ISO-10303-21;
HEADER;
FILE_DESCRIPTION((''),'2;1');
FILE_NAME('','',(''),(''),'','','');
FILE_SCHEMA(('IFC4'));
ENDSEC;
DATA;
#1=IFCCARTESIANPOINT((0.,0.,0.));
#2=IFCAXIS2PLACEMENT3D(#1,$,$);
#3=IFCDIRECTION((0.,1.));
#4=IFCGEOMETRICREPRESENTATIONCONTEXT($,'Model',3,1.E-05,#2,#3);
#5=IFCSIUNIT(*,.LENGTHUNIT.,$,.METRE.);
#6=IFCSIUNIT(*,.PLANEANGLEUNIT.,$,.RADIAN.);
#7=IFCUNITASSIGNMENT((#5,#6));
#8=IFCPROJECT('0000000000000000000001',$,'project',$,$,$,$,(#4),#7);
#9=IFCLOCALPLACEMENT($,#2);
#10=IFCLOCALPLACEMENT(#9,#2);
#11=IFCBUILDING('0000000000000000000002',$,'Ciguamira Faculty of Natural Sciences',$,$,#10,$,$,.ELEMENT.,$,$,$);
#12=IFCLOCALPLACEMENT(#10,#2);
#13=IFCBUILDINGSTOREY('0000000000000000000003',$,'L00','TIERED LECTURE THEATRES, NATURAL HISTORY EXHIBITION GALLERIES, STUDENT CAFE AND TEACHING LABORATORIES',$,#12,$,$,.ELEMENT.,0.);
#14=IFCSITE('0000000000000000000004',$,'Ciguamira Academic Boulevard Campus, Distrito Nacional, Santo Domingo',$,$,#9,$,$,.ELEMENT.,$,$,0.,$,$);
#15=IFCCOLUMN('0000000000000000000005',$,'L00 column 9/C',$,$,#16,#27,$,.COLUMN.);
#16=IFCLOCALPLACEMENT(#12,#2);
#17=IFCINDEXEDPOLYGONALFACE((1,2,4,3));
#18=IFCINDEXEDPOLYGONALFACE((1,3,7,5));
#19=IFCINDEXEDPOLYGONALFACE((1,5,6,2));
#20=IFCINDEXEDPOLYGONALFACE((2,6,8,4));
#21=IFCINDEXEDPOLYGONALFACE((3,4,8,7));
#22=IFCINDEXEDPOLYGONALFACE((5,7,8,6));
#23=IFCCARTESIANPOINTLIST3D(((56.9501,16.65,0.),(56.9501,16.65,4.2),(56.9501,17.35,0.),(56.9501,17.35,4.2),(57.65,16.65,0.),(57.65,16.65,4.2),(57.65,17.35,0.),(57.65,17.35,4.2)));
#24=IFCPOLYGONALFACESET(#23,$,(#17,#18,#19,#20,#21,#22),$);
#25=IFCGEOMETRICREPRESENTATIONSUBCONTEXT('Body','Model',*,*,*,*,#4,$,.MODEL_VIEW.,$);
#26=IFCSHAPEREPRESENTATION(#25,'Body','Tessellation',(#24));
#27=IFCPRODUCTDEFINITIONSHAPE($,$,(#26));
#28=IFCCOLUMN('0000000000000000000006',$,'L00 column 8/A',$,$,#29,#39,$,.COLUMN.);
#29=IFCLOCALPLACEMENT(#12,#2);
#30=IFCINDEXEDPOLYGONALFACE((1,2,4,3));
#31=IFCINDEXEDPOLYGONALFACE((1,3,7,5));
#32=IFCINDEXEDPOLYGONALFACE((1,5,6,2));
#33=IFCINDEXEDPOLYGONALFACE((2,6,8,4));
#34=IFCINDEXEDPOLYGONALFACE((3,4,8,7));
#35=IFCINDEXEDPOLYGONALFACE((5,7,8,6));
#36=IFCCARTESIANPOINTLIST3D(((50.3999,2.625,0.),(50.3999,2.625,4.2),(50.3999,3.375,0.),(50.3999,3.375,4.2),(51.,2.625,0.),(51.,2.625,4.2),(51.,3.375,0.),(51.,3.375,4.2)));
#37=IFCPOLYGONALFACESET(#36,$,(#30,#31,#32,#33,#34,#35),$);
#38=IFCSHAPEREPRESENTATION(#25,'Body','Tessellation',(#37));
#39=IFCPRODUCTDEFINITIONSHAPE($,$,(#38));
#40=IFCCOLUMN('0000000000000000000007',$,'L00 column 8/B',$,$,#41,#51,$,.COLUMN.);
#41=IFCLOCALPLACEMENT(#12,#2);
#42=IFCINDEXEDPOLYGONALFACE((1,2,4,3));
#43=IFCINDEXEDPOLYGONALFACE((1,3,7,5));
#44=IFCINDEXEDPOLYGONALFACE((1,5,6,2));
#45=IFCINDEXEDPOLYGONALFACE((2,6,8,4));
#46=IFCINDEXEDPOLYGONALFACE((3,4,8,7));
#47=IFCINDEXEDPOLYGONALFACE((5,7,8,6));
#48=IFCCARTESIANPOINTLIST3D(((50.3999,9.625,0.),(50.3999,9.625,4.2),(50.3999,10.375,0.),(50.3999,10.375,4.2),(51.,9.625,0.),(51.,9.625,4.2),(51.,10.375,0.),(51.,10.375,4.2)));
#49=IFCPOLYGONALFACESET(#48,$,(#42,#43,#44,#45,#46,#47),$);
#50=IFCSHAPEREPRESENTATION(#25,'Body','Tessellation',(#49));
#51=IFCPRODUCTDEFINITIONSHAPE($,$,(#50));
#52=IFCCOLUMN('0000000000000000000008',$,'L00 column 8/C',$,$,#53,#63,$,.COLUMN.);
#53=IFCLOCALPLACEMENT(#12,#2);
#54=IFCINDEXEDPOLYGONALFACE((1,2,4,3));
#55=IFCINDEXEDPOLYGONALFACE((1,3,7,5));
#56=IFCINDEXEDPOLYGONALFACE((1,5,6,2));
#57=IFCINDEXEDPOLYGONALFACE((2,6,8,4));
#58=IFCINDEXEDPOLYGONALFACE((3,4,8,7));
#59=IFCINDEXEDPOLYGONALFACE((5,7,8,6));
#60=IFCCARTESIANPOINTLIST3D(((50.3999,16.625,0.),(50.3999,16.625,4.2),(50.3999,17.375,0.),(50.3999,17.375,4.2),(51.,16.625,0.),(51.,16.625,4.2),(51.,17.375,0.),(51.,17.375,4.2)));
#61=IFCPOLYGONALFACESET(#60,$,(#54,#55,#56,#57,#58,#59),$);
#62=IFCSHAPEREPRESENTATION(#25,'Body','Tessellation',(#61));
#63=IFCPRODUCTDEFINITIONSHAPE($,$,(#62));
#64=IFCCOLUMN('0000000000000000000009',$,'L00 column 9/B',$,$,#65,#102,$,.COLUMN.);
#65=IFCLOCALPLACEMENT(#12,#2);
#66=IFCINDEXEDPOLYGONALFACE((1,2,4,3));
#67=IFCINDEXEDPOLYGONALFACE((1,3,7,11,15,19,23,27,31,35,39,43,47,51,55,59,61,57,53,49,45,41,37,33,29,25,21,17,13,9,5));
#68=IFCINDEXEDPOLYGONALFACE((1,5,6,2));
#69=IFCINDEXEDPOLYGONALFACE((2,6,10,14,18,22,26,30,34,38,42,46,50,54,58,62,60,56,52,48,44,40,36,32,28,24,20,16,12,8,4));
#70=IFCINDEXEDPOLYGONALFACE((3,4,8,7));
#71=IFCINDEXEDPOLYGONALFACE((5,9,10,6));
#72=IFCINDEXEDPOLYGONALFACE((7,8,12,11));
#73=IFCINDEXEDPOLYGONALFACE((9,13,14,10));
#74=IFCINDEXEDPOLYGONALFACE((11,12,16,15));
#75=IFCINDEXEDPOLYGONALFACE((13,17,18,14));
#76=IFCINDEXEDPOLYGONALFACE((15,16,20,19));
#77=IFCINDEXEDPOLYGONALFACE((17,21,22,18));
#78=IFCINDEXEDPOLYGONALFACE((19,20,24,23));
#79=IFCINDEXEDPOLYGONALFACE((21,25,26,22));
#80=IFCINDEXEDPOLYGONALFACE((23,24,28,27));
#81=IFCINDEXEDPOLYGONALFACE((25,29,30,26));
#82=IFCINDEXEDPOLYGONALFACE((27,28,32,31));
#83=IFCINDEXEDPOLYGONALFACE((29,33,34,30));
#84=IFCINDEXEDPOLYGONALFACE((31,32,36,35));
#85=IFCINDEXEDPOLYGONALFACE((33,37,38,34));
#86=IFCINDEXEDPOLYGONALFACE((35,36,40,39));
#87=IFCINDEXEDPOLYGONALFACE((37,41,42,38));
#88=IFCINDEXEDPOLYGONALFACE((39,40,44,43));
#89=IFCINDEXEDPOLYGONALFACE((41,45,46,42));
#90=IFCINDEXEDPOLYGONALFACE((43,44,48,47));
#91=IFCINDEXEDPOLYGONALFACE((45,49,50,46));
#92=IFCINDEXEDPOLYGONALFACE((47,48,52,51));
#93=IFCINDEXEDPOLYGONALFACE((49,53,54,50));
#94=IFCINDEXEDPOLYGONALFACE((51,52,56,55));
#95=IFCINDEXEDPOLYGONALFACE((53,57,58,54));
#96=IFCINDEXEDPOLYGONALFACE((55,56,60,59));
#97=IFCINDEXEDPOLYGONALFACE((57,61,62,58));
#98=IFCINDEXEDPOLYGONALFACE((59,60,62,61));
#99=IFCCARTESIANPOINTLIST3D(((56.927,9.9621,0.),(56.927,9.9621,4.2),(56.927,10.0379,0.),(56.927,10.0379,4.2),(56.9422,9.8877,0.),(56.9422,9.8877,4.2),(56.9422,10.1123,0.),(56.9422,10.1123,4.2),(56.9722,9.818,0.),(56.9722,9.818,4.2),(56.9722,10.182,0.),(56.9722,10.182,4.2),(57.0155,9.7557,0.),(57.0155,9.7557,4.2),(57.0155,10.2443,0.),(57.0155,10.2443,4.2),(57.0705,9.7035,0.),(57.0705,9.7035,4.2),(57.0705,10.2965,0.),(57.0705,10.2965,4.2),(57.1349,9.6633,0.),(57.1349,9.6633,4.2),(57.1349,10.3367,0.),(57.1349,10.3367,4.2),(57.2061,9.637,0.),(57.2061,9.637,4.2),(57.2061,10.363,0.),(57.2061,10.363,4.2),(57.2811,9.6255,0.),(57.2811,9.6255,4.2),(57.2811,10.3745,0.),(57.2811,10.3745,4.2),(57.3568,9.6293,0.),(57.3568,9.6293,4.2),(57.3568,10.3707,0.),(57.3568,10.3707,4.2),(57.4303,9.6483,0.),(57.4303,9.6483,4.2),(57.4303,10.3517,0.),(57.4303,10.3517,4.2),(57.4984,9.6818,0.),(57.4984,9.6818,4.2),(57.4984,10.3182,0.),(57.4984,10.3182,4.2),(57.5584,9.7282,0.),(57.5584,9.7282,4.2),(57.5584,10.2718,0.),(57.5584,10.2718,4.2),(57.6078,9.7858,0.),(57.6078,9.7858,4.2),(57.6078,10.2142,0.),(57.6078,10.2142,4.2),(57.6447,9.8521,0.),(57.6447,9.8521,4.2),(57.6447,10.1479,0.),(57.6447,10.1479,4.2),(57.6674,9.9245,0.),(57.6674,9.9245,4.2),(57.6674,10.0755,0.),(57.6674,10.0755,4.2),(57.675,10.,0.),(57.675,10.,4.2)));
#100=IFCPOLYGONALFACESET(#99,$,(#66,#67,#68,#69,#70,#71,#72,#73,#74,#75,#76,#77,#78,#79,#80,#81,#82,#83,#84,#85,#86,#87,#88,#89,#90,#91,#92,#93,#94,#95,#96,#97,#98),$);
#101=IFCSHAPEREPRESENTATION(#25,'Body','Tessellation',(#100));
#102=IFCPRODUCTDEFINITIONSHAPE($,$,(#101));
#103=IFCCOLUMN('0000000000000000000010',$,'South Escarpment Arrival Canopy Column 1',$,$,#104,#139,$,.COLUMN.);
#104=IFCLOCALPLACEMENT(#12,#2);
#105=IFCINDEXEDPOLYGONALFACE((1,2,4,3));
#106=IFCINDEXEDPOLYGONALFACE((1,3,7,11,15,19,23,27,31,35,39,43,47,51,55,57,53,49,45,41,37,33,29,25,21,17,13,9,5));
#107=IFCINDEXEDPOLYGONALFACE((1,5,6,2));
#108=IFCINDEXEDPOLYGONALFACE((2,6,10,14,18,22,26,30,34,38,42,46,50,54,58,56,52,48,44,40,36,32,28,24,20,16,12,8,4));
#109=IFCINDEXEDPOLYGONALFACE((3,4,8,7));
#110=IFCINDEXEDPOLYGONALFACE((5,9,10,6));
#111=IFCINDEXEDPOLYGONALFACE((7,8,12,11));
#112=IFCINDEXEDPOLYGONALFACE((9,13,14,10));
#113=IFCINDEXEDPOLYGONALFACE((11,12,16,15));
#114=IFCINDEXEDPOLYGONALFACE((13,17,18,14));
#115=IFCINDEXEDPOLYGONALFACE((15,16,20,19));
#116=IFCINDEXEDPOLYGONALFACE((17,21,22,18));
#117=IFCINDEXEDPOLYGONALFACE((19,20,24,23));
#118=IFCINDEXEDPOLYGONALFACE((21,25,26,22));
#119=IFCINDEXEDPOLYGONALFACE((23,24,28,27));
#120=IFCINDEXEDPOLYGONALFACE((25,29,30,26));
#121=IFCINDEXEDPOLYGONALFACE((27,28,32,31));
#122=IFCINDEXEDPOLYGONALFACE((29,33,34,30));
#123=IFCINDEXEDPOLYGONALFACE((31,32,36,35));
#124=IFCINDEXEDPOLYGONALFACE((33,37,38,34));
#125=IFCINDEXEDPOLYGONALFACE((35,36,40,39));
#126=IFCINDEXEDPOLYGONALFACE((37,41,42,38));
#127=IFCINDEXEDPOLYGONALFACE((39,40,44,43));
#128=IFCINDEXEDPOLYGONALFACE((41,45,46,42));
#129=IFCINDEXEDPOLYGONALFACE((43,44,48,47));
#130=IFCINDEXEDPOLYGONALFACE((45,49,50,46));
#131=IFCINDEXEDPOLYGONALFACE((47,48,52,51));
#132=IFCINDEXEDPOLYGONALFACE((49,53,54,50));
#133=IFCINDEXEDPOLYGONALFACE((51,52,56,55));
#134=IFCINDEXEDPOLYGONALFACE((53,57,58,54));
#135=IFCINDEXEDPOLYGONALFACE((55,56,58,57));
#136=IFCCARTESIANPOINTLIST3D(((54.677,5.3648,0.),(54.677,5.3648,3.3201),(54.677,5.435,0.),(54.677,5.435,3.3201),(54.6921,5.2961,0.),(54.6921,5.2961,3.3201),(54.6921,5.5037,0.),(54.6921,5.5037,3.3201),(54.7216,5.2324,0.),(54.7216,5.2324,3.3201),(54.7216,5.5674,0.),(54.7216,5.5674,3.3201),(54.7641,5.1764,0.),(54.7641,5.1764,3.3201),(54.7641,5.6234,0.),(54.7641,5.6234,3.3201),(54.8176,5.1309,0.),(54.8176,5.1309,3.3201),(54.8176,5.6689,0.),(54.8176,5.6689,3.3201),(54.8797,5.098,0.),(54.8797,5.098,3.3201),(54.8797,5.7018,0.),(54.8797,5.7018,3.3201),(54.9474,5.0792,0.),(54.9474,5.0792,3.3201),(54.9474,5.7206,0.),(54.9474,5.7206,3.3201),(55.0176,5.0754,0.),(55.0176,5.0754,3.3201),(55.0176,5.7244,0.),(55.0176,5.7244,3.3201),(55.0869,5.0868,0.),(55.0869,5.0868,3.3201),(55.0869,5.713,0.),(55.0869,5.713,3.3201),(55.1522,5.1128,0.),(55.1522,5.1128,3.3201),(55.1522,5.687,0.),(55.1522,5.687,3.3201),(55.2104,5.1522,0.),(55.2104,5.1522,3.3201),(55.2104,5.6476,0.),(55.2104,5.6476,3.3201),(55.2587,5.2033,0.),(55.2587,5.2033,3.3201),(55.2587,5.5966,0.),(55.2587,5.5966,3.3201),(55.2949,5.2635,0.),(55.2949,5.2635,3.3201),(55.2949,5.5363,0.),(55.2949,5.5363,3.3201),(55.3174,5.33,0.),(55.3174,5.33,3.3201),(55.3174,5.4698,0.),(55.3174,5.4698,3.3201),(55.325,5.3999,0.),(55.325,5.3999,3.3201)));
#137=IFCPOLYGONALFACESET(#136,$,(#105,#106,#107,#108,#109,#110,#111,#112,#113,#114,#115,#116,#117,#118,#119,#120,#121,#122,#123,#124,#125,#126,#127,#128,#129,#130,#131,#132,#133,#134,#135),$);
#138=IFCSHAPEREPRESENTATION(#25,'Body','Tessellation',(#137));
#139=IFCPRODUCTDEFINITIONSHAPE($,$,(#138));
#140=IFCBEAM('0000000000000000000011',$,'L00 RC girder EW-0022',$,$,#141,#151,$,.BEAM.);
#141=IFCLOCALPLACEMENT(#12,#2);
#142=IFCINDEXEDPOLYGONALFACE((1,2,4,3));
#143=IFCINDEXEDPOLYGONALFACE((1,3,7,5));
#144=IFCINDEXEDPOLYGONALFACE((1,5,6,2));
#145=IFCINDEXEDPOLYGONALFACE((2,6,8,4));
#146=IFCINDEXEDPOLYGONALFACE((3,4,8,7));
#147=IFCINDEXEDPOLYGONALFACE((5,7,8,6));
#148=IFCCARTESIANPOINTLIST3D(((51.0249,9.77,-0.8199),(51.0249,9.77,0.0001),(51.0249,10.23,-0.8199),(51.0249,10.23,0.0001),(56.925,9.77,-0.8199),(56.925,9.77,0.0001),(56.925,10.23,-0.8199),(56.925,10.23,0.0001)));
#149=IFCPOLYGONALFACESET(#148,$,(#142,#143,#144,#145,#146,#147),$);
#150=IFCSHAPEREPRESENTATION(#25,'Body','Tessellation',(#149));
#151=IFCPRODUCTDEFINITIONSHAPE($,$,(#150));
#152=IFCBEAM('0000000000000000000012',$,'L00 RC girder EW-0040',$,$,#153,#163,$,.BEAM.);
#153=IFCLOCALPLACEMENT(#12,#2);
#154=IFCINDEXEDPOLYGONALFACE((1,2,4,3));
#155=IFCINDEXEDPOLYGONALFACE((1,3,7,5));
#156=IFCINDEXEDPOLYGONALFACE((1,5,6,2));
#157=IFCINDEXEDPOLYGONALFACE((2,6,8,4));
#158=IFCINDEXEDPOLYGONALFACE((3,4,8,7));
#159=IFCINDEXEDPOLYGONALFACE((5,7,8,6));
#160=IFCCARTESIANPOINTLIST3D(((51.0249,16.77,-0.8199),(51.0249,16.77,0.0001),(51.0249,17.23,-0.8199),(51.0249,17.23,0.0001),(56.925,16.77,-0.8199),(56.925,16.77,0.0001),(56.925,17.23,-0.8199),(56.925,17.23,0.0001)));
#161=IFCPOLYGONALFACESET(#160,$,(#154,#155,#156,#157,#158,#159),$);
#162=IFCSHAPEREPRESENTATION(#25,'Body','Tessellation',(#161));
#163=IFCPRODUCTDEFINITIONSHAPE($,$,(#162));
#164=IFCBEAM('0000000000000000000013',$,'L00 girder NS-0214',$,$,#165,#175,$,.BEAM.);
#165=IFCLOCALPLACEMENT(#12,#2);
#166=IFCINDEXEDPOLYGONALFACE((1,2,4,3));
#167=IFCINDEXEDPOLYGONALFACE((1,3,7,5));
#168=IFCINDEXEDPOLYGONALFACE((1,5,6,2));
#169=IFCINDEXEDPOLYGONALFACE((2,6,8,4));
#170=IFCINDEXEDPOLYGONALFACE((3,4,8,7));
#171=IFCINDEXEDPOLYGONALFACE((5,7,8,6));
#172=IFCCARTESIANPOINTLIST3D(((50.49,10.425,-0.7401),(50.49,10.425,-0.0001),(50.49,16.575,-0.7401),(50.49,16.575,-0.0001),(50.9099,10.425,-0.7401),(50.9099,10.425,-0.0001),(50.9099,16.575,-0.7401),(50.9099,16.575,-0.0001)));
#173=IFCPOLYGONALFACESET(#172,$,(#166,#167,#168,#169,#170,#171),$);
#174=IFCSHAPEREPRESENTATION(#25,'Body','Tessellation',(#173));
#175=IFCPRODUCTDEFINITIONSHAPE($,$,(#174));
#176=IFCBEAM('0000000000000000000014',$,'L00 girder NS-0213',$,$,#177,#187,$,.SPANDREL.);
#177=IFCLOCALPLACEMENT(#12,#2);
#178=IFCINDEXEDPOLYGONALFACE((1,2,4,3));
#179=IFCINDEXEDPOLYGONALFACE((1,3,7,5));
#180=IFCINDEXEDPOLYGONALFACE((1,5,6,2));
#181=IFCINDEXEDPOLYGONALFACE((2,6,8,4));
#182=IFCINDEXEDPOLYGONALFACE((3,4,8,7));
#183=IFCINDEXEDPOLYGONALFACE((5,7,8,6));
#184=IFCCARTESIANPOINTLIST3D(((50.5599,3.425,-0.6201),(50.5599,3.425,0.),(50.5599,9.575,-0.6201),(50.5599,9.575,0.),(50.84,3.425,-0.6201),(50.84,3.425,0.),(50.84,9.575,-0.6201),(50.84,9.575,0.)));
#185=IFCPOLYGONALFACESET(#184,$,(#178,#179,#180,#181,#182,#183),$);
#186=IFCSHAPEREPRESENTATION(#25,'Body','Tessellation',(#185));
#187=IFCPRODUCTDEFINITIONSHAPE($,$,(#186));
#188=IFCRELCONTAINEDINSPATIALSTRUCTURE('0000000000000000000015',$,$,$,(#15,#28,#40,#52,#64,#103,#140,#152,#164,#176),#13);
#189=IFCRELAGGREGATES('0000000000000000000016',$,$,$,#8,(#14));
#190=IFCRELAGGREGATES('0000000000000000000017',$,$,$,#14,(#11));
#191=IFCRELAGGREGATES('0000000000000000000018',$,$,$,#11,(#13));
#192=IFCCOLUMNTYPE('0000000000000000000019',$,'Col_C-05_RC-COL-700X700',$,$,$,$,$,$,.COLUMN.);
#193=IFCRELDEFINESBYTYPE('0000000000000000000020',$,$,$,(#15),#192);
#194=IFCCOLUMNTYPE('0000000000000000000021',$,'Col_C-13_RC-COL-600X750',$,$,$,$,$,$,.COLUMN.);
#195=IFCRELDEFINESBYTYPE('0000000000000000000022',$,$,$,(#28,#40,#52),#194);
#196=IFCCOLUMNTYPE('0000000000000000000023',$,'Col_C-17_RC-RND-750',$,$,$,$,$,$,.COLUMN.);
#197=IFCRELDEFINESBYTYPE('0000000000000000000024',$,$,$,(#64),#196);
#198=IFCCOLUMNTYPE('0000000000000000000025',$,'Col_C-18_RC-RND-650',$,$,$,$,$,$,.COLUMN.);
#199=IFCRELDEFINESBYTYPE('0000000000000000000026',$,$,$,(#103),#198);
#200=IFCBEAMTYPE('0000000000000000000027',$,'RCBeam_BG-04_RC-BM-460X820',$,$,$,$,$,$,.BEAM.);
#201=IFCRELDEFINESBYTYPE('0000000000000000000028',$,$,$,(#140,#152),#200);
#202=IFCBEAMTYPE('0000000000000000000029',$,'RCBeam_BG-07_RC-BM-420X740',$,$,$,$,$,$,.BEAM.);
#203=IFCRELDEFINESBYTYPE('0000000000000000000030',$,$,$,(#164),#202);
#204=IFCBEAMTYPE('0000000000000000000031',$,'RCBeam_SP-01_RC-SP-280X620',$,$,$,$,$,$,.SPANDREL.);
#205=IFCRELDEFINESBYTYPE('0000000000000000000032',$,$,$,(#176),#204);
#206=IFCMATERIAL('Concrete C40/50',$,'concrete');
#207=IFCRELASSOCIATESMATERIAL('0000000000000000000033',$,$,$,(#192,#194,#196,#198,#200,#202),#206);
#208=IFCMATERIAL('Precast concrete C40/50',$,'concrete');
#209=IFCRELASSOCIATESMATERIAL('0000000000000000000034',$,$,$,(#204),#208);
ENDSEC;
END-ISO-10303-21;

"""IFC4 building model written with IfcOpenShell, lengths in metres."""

from ifc_helpers import new_model, si_unit, direction, frame, origin, origin_2d, place, context, subcontext, project, spatial, rectangle, circle, extrude, material, material_profile, profile_set, type_object, element, save


model = new_model("IFC4")

# Units and contexts
model_context = context("Model", 3, precision=1e-05, world=origin(), true_north=direction((0.0, 1.0)))
body_context = subcontext(model_context, "Body", "Model", "MODEL_VIEW")
ifc_project = project(units=[si_unit("LENGTHUNIT", "METRE"), si_unit("PLANEANGLEUNIT", "RADIAN")], contexts=[model_context])

# Site, building, storey
site_placement = place(None, origin())
site = spatial("IfcSite", under=ifc_project, at=site_placement, Name="Ciguamira Academic Boulevard Campus, Distrito Nacional, Santo Domingo", CompositionType="ELEMENT", RefElevation=0.0)
building_placement = place(site_placement, origin())
building = spatial("IfcBuilding", under=site, at=building_placement, Name="Ciguamira Faculty of Natural Sciences", CompositionType="ELEMENT")
storey_placement = place(building_placement, origin())
storey = spatial("IfcBuildingStorey", under=building, at=storey_placement, Name="L00", Description="TIERED LECTURE THEATRES, NATURAL HISTORY EXHIBITION GALLERIES, STUDENT CAFE AND TEACHING LABORATORIES", CompositionType="ELEMENT", Elevation=0.0)

# Columns
ifc_material_1 = material(Name="Concrete C40/50", Category="concrete")
ifc_material_profile_1 = material_profile(ifc_material_1, rectangle(XDim=0.7, YDim=0.7, at=origin_2d()), Name="RC-COL-700X700")
ifc_profile_set_1 = profile_set([ifc_material_profile_1], Name="Concrete C40/50")
column_type_1 = type_object("IfcColumnType", Name="Col_C-05_RC-COL-700X700", PredefinedType="COLUMN", material=ifc_profile_set_1)
column_1_placement = place(storey_placement, frame((57.3, 17.0, 0.0), z_axis=(0.0, 0.0, 1.0), x_axis=(1.0, 0.0, 0.0)))
element("IfcColumn", 1, at=column_1_placement, inside=storey, type_object=column_type_1, Name="L00 column 9/C", PredefinedType="COLUMN", context=body_context, shape_type="SweptSolid", body=[
    extrude(rectangle(XDim=0.7, YDim=0.7, at=origin_2d()), origin(), (0.0, 0.0, 1.0), 4.2),
])
ifc_material_profile_2 = material_profile(ifc_material_1, rectangle(XDim=0.6001, YDim=0.75, at=origin_2d()), Name="RC-COL-600X750")
ifc_profile_set_2 = profile_set([ifc_material_profile_2], Name="Concrete C40/50")
column_type_2 = type_object("IfcColumnType", Name="Col_C-13_RC-COL-600X750", PredefinedType="COLUMN", material=ifc_profile_set_2)
for number, where, z_axis, x_axis, name in (
    (2, (50.7, 3.0, 0.0), (0.0, 0.0, 1.0), (1.0, 0.0, 0.0), "L00 column 8/A"),
    (3, (50.7, 10.0, 0.0), (0.0, 0.0, 1.0), (1.0, 0.0, 0.0), "L00 column 8/B"),
    (4, (50.7, 17.0, 0.0), (0.0, 0.0, 1.0), (1.0, 0.0, 0.0), "L00 column 8/C"),
):
    element("IfcColumn", number, at=place(storey_placement, frame(where, z_axis=z_axis, x_axis=x_axis)), inside=storey, type_object=column_type_2, Name=name, PredefinedType="COLUMN", context=body_context, shape_type="SweptSolid", body=[
        extrude(rectangle(XDim=0.6001, YDim=0.75, at=origin_2d()), origin(), (0.0, 0.0, 1.0), 4.2),
    ])
ifc_material_profile_3 = material_profile(ifc_material_1, circle(Radius=0.375, at=origin_2d()), Name="RC-RND-750")
ifc_profile_set_3 = profile_set([ifc_material_profile_3], Name="Concrete C40/50")
column_type_3 = type_object("IfcColumnType", Name="Col_C-17_RC-RND-750", PredefinedType="COLUMN", material=ifc_profile_set_3)
column_2_placement = place(storey_placement, frame((57.3, 10.0, 0.0), z_axis=(0.0, 0.0, 1.0), x_axis=(1.0, 0.0, 0.0)))
element("IfcColumn", 5, at=column_2_placement, inside=storey, type_object=column_type_3, Name="L00 column 9/B", PredefinedType="COLUMN", context=body_context, shape_type="SweptSolid", body=[
    extrude(circle(Radius=0.375, at=origin_2d()), origin(), (0.0, 0.0, 1.0), 4.2),
])
ifc_material_profile_4 = material_profile(ifc_material_1, circle(Radius=0.325, at=origin_2d()), Name="RC-RND-650")
ifc_profile_set_4 = profile_set([ifc_material_profile_4], Name="Concrete C40/50")
column_type_4 = type_object("IfcColumnType", Name="Col_C-18_RC-RND-650", PredefinedType="COLUMN", material=ifc_profile_set_4)
column_3_placement = place(storey_placement, frame((55.0, 5.3999, 0.0), z_axis=(0.0, 0.0, 1.0), x_axis=(1.0, 0.0, 0.0)))
element("IfcColumn", 6, at=column_3_placement, inside=storey, type_object=column_type_4, Name="South Escarpment Arrival Canopy Column 1", PredefinedType="COLUMN", context=body_context, shape_type="SweptSolid", body=[
    extrude(circle(Radius=0.325, at=origin_2d()), origin(), (0.0, 0.0, 1.0), 3.3201),
])

# Beams
ifc_material_profile_5 = material_profile(ifc_material_1, rectangle(XDim=0.46, YDim=0.8201, at=origin_2d()), Name="RC-BM-460X820")
ifc_profile_set_5 = profile_set([ifc_material_profile_5], Name="Concrete C40/50")
beam_type_1 = type_object("IfcBeamType", Name="RCBeam_BG-04_RC-BM-460X820", PredefinedType="BEAM", material=ifc_profile_set_5)
for number, where, z_axis, x_axis, name in (
    (7, (51.0249, 10.0, -0.4099), (1.0, 0.0, 0.0), (0.0, 1.0, 0.0), "L00 RC girder EW-0022"),
    (8, (51.0249, 17.0, -0.4099), (1.0, 0.0, 0.0), (0.0, 1.0, 0.0), "L00 RC girder EW-0040"),
):
    element("IfcBeam", number, at=place(storey_placement, frame(where, z_axis=z_axis, x_axis=x_axis)), inside=storey, type_object=beam_type_1, Name=name, PredefinedType="BEAM", context=body_context, shape_type="SweptSolid", body=[
        extrude(rectangle(XDim=0.46, YDim=0.8201, at=origin_2d()), origin(), (0.0, 0.0, 1.0), 5.9001),
    ])
ifc_material_profile_6 = material_profile(ifc_material_1, rectangle(XDim=0.4199, YDim=0.74, at=origin_2d()), Name="RC-BM-420X740")
ifc_profile_set_6 = profile_set([ifc_material_profile_6], Name="Concrete C40/50")
beam_type_2 = type_object("IfcBeamType", Name="RCBeam_BG-07_RC-BM-420X740", PredefinedType="BEAM", material=ifc_profile_set_6)
beam_1_placement = place(storey_placement, frame((50.7, 10.425, -0.3701), z_axis=(0.0, 1.0, 0.0), x_axis=(-1.0, 0.0, 0.0)))
element("IfcBeam", 9, at=beam_1_placement, inside=storey, type_object=beam_type_2, Name="L00 girder NS-0214", PredefinedType="BEAM", context=body_context, shape_type="SweptSolid", body=[
    extrude(rectangle(XDim=0.4199, YDim=0.74, at=origin_2d()), origin(), (0.0, 0.0, 1.0), 6.1499),
])
ifc_material_2 = material(Name="Precast concrete C40/50", Category="concrete")
ifc_material_profile_7 = material_profile(ifc_material_2, rectangle(XDim=0.28, YDim=0.6201, at=origin_2d()), Name="RC-SP-280X620")
ifc_profile_set_7 = profile_set([ifc_material_profile_7], Name="Precast concrete C40/50")
beam_type_3 = type_object("IfcBeamType", Name="RCBeam_SP-01_RC-SP-280X620", PredefinedType="SPANDREL", material=ifc_profile_set_7)
beam_2_placement = place(storey_placement, frame((50.7, 3.425, -0.3101), z_axis=(0.0, 1.0, 0.0), x_axis=(-1.0, 0.0, 0.0)))
element("IfcBeam", 10, at=beam_2_placement, inside=storey, type_object=beam_type_3, Name="L00 girder NS-0213", PredefinedType="SPANDREL", context=body_context, shape_type="SweptSolid", body=[
    extrude(rectangle(XDim=0.28, YDim=0.6201, at=origin_2d()), origin(), (0.0, 0.0, 1.0), 6.1499),
])

save(model, "model.ifc")
